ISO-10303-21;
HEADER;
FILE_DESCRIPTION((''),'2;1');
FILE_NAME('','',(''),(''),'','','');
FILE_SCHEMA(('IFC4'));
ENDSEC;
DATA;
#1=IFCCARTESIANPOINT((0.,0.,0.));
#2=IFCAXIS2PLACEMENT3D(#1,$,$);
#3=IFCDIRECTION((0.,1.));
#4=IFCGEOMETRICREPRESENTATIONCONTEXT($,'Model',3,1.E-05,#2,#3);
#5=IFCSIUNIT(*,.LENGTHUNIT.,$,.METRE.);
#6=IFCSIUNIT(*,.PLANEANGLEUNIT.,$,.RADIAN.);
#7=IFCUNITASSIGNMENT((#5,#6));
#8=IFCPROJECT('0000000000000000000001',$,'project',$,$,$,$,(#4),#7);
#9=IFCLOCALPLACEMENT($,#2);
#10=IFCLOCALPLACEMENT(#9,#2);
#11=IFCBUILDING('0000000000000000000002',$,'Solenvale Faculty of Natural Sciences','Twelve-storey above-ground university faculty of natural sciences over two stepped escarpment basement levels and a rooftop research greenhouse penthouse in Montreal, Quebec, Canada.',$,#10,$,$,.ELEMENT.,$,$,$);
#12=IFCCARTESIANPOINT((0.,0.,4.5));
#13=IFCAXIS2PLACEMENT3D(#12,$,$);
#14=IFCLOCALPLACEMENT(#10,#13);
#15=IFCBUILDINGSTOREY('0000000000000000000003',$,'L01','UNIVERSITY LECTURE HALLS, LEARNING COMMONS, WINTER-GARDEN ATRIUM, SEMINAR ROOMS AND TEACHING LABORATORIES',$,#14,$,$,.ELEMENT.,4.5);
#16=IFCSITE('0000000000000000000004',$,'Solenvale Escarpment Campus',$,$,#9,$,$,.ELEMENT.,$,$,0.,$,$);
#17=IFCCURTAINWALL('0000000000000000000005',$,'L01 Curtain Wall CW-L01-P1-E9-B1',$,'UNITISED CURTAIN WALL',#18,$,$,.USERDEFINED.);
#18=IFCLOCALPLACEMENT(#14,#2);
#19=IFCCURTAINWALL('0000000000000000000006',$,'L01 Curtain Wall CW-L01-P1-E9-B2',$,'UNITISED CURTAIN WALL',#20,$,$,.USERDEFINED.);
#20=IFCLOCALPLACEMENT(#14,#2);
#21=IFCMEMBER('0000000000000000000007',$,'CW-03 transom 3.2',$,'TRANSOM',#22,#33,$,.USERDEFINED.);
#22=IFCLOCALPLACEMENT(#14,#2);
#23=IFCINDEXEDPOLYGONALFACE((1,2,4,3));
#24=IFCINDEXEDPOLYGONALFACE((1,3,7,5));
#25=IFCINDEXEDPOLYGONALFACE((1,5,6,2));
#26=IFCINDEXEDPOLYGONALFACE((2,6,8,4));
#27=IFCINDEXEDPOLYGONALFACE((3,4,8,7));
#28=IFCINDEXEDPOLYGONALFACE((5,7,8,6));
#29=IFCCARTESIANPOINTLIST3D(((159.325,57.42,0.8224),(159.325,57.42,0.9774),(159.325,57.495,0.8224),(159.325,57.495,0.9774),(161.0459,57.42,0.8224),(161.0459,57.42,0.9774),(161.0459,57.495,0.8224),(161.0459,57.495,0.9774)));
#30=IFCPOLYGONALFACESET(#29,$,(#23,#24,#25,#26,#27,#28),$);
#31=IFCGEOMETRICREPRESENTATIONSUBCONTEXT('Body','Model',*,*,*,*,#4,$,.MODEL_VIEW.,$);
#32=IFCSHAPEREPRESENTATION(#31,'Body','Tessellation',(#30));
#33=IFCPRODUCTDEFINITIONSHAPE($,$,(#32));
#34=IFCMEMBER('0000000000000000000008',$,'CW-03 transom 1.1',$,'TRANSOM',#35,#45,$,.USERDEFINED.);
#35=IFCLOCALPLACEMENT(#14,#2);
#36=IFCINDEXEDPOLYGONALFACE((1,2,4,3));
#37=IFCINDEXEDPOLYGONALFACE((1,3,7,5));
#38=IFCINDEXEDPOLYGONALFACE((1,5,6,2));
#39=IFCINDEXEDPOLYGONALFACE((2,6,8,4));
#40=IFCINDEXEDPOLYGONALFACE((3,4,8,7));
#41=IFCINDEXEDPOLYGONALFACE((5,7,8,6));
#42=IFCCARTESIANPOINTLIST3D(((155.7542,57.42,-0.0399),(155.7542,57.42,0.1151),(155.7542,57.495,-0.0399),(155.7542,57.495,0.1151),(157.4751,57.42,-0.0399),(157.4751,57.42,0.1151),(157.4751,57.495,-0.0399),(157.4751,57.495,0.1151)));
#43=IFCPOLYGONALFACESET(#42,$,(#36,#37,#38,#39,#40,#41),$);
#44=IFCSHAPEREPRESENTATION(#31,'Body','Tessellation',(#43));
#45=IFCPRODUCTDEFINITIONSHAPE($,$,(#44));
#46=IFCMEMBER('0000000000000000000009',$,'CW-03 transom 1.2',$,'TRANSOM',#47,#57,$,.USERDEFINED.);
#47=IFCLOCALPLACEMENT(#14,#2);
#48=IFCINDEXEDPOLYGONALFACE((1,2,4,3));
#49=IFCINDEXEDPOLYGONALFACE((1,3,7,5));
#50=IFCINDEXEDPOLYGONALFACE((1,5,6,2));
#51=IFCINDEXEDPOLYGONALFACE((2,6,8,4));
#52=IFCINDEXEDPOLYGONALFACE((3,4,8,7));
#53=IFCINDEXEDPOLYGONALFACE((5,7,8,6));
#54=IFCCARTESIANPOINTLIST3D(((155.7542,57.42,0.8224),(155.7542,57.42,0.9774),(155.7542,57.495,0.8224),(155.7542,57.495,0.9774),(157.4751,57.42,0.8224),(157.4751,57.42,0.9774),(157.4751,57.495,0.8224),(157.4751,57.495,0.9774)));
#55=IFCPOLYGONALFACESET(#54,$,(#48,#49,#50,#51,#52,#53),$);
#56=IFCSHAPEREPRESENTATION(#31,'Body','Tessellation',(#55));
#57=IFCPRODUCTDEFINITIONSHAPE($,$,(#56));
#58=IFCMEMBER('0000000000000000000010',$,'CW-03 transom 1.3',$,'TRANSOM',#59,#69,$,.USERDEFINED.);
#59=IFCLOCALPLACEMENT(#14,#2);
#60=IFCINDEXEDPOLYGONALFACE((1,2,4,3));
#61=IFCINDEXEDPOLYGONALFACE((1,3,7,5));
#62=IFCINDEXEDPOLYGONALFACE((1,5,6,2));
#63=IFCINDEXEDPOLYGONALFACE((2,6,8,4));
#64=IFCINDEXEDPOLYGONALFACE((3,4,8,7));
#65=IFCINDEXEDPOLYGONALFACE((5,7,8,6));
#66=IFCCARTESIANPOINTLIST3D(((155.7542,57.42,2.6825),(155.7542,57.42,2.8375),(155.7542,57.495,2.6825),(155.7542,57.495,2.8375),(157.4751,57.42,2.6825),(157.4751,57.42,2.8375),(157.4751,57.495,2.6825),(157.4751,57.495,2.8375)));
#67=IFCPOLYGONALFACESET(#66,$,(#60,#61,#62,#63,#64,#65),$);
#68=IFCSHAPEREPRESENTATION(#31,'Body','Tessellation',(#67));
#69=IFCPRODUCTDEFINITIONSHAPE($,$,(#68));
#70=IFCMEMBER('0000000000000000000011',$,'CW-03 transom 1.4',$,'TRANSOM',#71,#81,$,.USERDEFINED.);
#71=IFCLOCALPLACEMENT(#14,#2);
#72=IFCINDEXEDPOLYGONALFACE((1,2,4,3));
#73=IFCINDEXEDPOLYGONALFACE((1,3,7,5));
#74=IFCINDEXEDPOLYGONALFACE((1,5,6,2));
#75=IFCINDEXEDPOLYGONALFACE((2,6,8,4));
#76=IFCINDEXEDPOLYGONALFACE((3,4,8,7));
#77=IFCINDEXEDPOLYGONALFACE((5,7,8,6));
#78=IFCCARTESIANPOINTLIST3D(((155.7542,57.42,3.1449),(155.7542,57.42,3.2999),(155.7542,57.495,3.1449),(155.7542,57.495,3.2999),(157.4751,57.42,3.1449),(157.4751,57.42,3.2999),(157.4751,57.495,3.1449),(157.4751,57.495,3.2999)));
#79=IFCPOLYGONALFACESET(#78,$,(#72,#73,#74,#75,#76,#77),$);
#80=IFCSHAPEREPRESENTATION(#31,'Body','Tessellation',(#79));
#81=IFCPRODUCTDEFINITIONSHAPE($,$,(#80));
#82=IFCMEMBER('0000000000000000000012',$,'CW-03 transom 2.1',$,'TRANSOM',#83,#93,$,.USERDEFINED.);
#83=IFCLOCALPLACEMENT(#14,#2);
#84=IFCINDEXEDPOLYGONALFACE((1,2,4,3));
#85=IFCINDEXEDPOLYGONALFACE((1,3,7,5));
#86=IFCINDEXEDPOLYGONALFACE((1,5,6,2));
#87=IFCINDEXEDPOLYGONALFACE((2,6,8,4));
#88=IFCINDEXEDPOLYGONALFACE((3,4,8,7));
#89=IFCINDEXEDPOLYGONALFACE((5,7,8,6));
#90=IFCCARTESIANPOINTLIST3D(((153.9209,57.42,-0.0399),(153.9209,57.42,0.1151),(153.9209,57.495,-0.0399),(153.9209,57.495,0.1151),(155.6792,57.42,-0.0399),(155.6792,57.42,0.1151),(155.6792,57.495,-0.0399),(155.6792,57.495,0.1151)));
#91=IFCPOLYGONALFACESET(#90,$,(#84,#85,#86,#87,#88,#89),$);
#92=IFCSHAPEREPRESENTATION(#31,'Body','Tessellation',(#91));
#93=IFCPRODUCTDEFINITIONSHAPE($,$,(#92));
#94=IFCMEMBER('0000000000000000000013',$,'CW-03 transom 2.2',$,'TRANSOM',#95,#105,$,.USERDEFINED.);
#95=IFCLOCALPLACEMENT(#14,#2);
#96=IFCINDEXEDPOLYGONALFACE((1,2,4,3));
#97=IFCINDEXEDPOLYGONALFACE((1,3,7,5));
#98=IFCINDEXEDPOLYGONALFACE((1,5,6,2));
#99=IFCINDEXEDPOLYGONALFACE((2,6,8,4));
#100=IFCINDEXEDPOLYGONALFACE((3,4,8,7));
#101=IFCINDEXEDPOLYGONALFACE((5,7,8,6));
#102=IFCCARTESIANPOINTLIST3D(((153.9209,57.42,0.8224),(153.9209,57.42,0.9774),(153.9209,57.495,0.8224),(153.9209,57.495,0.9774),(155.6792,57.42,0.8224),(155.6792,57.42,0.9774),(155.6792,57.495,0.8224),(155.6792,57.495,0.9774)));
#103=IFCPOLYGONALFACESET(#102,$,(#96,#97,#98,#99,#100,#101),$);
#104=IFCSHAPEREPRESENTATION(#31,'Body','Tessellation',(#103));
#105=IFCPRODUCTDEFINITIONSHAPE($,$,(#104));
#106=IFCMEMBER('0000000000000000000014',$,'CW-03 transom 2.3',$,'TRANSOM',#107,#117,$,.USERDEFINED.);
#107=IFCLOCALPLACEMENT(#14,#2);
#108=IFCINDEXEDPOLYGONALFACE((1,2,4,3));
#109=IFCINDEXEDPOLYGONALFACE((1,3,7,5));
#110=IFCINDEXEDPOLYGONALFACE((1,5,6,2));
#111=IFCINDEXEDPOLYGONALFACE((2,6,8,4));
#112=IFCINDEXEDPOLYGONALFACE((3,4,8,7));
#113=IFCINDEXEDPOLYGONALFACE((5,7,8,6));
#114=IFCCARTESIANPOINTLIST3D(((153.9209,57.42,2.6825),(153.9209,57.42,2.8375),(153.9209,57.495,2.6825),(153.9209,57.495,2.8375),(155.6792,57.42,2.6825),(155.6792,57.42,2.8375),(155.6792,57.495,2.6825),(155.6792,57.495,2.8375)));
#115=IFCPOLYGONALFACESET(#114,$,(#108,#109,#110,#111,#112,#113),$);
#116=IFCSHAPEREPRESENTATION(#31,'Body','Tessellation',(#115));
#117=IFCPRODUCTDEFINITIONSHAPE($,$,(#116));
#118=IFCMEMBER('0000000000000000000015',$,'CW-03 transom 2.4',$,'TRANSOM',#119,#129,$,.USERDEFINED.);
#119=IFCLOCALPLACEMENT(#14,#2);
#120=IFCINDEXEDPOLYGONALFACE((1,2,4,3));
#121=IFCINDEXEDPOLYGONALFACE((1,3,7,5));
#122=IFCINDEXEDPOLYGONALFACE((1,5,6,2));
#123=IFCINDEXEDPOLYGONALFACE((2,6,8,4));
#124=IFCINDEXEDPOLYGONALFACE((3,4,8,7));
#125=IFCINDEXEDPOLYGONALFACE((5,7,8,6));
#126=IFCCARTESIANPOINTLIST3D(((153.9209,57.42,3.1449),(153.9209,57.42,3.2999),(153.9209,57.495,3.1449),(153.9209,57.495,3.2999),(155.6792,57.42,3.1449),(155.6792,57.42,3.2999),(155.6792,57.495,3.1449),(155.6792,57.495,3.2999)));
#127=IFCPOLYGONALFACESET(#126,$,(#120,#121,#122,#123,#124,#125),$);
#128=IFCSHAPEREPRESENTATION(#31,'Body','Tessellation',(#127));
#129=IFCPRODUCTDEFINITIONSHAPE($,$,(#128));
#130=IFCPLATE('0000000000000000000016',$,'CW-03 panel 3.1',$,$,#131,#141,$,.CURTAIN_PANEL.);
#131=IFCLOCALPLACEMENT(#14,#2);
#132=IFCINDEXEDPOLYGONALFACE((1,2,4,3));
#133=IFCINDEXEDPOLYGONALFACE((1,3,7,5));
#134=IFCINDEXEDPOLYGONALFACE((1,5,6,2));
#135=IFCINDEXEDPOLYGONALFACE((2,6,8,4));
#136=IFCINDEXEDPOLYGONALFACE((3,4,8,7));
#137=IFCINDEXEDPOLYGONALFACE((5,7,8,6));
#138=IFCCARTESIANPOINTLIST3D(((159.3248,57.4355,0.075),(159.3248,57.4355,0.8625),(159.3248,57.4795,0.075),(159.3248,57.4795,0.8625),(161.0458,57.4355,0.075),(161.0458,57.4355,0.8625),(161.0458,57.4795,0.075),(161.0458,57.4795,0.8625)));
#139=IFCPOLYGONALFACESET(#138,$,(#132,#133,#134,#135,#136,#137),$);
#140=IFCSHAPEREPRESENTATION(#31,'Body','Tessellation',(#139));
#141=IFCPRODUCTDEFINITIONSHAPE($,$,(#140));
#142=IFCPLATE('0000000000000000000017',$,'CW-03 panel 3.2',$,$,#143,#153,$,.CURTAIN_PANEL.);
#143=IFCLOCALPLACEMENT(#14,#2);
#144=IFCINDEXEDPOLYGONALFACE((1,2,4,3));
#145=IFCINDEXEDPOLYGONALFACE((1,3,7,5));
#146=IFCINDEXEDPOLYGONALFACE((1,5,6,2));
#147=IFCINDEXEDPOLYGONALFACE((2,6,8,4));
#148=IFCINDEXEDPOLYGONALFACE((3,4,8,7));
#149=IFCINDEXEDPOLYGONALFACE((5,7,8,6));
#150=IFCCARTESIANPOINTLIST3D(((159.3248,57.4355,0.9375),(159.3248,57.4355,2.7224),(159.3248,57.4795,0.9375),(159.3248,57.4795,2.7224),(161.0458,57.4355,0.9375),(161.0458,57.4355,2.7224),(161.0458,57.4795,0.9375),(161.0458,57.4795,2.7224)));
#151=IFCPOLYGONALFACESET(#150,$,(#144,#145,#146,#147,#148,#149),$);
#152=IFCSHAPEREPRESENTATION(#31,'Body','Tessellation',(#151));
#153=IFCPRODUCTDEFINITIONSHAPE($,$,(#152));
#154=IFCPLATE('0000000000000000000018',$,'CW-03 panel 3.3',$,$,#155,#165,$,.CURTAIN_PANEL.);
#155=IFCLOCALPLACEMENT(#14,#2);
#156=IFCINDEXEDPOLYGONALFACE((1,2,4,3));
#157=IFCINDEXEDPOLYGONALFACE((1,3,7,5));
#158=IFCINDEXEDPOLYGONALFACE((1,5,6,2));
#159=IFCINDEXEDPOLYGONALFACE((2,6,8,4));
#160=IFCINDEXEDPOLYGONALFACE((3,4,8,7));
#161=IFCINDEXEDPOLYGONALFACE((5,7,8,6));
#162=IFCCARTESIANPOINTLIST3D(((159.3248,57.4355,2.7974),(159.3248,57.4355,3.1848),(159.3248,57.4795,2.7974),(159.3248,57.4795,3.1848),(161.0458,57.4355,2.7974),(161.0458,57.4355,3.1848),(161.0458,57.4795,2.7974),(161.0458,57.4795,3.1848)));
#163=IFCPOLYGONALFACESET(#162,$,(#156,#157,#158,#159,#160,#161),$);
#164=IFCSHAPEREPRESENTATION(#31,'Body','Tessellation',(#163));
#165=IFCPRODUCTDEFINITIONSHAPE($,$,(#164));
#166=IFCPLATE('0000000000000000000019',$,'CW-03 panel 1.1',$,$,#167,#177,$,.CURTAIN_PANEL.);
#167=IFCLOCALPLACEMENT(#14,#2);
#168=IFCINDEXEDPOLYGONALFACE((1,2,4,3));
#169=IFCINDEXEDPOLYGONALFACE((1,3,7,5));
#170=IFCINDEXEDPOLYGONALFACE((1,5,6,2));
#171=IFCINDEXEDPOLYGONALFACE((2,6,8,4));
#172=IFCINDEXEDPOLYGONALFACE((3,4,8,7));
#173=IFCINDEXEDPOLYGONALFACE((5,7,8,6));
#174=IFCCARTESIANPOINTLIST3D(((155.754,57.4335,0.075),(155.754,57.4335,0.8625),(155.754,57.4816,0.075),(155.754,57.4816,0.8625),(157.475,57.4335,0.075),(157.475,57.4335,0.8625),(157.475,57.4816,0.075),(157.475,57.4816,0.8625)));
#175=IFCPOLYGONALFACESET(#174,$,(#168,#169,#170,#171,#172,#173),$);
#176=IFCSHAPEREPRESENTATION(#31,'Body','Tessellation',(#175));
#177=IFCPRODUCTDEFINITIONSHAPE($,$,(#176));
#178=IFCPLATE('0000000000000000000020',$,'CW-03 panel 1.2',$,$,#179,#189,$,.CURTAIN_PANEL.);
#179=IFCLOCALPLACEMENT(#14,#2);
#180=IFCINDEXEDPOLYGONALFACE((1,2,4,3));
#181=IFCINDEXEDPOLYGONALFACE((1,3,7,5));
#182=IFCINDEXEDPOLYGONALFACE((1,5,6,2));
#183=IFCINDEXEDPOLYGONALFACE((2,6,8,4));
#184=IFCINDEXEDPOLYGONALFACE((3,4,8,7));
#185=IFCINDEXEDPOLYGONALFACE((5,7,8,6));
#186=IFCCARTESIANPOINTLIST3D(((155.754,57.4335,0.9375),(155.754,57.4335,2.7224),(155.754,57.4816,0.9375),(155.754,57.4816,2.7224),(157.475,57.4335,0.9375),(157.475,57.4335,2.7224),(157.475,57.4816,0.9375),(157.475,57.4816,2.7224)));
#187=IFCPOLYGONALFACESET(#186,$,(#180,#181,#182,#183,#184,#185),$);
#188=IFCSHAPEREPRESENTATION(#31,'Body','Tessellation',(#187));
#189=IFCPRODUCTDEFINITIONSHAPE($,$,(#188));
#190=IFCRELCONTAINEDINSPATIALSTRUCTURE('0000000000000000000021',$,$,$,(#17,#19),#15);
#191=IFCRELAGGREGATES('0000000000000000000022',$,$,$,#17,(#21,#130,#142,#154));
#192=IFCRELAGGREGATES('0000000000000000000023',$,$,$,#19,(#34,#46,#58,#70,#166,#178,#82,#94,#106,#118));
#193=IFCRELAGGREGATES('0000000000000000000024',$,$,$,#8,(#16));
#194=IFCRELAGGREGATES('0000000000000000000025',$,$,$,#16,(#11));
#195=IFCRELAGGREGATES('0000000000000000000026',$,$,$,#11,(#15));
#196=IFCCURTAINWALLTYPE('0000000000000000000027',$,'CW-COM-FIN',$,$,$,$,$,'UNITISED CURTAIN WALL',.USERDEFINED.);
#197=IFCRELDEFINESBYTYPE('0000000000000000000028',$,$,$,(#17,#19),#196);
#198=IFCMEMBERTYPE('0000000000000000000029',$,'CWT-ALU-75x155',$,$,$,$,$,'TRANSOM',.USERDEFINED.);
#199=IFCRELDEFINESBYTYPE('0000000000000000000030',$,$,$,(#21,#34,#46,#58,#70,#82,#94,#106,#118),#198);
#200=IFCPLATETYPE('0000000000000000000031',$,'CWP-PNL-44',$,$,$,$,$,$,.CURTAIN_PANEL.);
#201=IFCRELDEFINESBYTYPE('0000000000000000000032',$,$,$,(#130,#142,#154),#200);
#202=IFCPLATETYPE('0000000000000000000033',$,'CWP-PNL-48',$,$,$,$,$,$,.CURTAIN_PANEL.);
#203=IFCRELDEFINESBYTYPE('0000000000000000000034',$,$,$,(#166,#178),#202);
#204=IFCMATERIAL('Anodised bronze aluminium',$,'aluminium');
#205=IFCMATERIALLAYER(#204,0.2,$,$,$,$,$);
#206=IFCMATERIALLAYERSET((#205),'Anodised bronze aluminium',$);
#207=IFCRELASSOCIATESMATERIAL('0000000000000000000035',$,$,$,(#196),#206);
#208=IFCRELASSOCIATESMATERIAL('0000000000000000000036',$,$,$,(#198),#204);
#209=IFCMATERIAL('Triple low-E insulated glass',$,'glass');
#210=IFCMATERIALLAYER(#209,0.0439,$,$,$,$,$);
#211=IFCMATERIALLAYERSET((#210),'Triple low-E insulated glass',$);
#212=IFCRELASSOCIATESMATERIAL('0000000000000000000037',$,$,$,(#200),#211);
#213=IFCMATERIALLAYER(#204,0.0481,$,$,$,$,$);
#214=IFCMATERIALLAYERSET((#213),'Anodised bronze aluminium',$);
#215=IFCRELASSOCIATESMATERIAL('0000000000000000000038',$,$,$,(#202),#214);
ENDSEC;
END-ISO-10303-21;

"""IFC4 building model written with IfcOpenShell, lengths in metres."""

from ifc_helpers import new_model, si_unit, direction, frame, origin, origin_2d, place, context, subcontext, project, spatial, rectangle, extrude, material, layer, layer_set, material_profile, profile_set, type_object, element, aggregate, save


model = new_model("IFC4")

# Units and contexts
model_context = context("Model", 3, precision=1e-05, world=origin(), true_north=direction((0.0, 1.0)))
body_context = subcontext(model_context, "Body", "Model", "MODEL_VIEW")
ifc_project = project(units=[si_unit("LENGTHUNIT", "METRE"), si_unit("PLANEANGLEUNIT", "RADIAN")], contexts=[model_context])

# Site, building, storey
site_placement = place(None, origin())
site = spatial("IfcSite", under=ifc_project, at=site_placement, Name="Solenvale Escarpment Campus", CompositionType="ELEMENT", RefElevation=0.0)
building_placement = place(site_placement, origin())
building = spatial("IfcBuilding", under=site, at=building_placement, Name="Solenvale Faculty of Natural Sciences", Description="Twelve-storey above-ground university faculty of natural sciences over two stepped escarpment basement levels and a rooftop research greenhouse penthouse in Montreal, Quebec, Canada.", CompositionType="ELEMENT")
storey_placement = place(building_placement, frame((0.0, 0.0, 4.5)))
storey = spatial("IfcBuildingStorey", under=building, at=storey_placement, Name="L01", Description="UNIVERSITY LECTURE HALLS, LEARNING COMMONS, WINTER-GARDEN ATRIUM, SEMINAR ROOMS AND TEACHING LABORATORIES", CompositionType="ELEMENT", Elevation=4.5)

# Curtain wall
ifc_material_1 = material(Name="Anodised bronze aluminium", Category="aluminium")
ifc_layer_1 = layer(ifc_material_1, 0.2)
ifc_layer_set_1 = layer_set([ifc_layer_1], Name="Anodised bronze aluminium")
curtain_wall_type = type_object("IfcCurtainWallType", Name="CW-COM-FIN", ElementType="UNITISED CURTAIN WALL", PredefinedType="USERDEFINED", material=ifc_layer_set_1)
curtain_wall_1_placement = place(storey_placement, origin())
curtain_wall_1 = element("IfcCurtainWall", 1, at=curtain_wall_1_placement, inside=storey, type_object=curtain_wall_type, Name="L01 Curtain Wall CW-L01-P1-E9-B1", ObjectType="UNITISED CURTAIN WALL", PredefinedType="USERDEFINED")

# Curtain wall
curtain_wall_2_placement = place(storey_placement, origin())
curtain_wall_2 = element("IfcCurtainWall", 2, at=curtain_wall_2_placement, inside=storey, type_object=curtain_wall_type, Name="L01 Curtain Wall CW-L01-P1-E9-B2", ObjectType="UNITISED CURTAIN WALL", PredefinedType="USERDEFINED")

# Members
ifc_material_profile_1 = material_profile(ifc_material_1, rectangle(XDim=0.075, YDim=0.155, at=origin_2d()), Name="ALU-TRN-75x155")
ifc_profile_set_1 = profile_set([ifc_material_profile_1], Name="Anodised bronze aluminium")
member_type_1 = type_object("IfcMemberType", Name="CWT-ALU-75x155", ElementType="TRANSOM", PredefinedType="USERDEFINED", material=ifc_profile_set_1)
member_1_placement = place(storey_placement, frame((161.0459, 57.4575, 0.8999), z_axis=(-1.0, 0.0, 0.0), x_axis=(0.0, -1.0, 0.0)))
member_1 = element("IfcMember", 3, at=member_1_placement, type_object=member_type_1, Name="CW-03 transom 3.2", ObjectType="TRANSOM", PredefinedType="USERDEFINED", context=body_context, shape_type="SweptSolid", body=[
    extrude(rectangle(XDim=0.075, YDim=0.155, at=origin_2d()), origin(), (0.0, 0.0, 1.0), 1.7209),
])
member_2_placement = place(storey_placement, frame((157.4751, 57.4575, 0.0376), z_axis=(-1.0, 0.0, 0.0), x_axis=(0.0, -1.0, 0.0)))
member_2 = element("IfcMember", 4, at=member_2_placement, type_object=member_type_1, Name="CW-03 transom 1.1", ObjectType="TRANSOM", PredefinedType="USERDEFINED", context=body_context, shape_type="SweptSolid", body=[
    extrude(rectangle(XDim=0.075, YDim=0.155, at=origin_2d()), origin(), (0.0, 0.0, 1.0), 1.7209),
])
member_3_placement = place(storey_placement, frame((157.4751, 57.4575, 0.8999), z_axis=(-1.0, 0.0, 0.0), x_axis=(0.0, -1.0, 0.0)))
member_3 = element("IfcMember", 5, at=member_3_placement, type_object=member_type_1, Name="CW-03 transom 1.2", ObjectType="TRANSOM", PredefinedType="USERDEFINED", context=body_context, shape_type="SweptSolid", body=[
    extrude(rectangle(XDim=0.075, YDim=0.155, at=origin_2d()), origin(), (0.0, 0.0, 1.0), 1.7209),
])
member_4_placement = place(storey_placement, frame((157.4751, 57.4575, 2.76), z_axis=(-1.0, 0.0, 0.0), x_axis=(0.0, -1.0, 0.0)))
member_4 = element("IfcMember", 6, at=member_4_placement, type_object=member_type_1, Name="CW-03 transom 1.3", ObjectType="TRANSOM", PredefinedType="USERDEFINED", context=body_context, shape_type="SweptSolid", body=[
    extrude(rectangle(XDim=0.075, YDim=0.155, at=origin_2d()), origin(), (0.0, 0.0, 1.0), 1.7209),
])
member_5_placement = place(storey_placement, frame((157.4751, 57.4575, 3.2224), z_axis=(-1.0, 0.0, 0.0), x_axis=(0.0, -1.0, 0.0)))
member_5 = element("IfcMember", 7, at=member_5_placement, type_object=member_type_1, Name="CW-03 transom 1.4", ObjectType="TRANSOM", PredefinedType="USERDEFINED", context=body_context, shape_type="SweptSolid", body=[
    extrude(rectangle(XDim=0.075, YDim=0.155, at=origin_2d()), origin(), (0.0, 0.0, 1.0), 1.7209),
])
member_6_placement = place(storey_placement, frame((155.6792, 57.4575, 0.0376), z_axis=(-1.0, 0.0, 0.0), x_axis=(0.0, -1.0, 0.0)))
member_6 = element("IfcMember", 8, at=member_6_placement, type_object=member_type_1, Name="CW-03 transom 2.1", ObjectType="TRANSOM", PredefinedType="USERDEFINED", context=body_context, shape_type="SweptSolid", body=[
    extrude(rectangle(XDim=0.075, YDim=0.155, at=origin_2d()), origin(), (0.0, 0.0, 1.0), 1.7583),
])
member_7_placement = place(storey_placement, frame((155.6792, 57.4575, 0.8999), z_axis=(-1.0, 0.0, 0.0), x_axis=(0.0, -1.0, 0.0)))
member_7 = element("IfcMember", 9, at=member_7_placement, type_object=member_type_1, Name="CW-03 transom 2.2", ObjectType="TRANSOM", PredefinedType="USERDEFINED", context=body_context, shape_type="SweptSolid", body=[
    extrude(rectangle(XDim=0.075, YDim=0.155, at=origin_2d()), origin(), (0.0, 0.0, 1.0), 1.7583),
])
member_8_placement = place(storey_placement, frame((155.6792, 57.4575, 2.76), z_axis=(-1.0, 0.0, 0.0), x_axis=(0.0, -1.0, 0.0)))
member_8 = element("IfcMember", 10, at=member_8_placement, type_object=member_type_1, Name="CW-03 transom 2.3", ObjectType="TRANSOM", PredefinedType="USERDEFINED", context=body_context, shape_type="SweptSolid", body=[
    extrude(rectangle(XDim=0.075, YDim=0.155, at=origin_2d()), origin(), (0.0, 0.0, 1.0), 1.7583),
])
member_9_placement = place(storey_placement, frame((155.6792, 57.4575, 3.2224), z_axis=(-1.0, 0.0, 0.0), x_axis=(0.0, -1.0, 0.0)))
member_9 = element("IfcMember", 11, at=member_9_placement, type_object=member_type_1, Name="CW-03 transom 2.4", ObjectType="TRANSOM", PredefinedType="USERDEFINED", context=body_context, shape_type="SweptSolid", body=[
    extrude(rectangle(XDim=0.075, YDim=0.155, at=origin_2d()), origin(), (0.0, 0.0, 1.0), 1.7583),
])

# Plates
ifc_material_2 = material(Name="Triple low-E insulated glass", Category="glass")
ifc_layer_2 = layer(ifc_material_2, 0.0439)
ifc_layer_set_2 = layer_set([ifc_layer_2], Name="Triple low-E insulated glass")
plate_type_1 = type_object("IfcPlateType", Name="CWP-PNL-44", PredefinedType="CURTAIN_PANEL", material=ifc_layer_set_2)
plate_1_placement = place(storey_placement, frame((160.1853, 57.4575, 0.075), z_axis=(0.0, 0.0, 1.0), x_axis=(-1.0, 0.0, 0.0)))
plate_1 = element("IfcPlate", 12, at=plate_1_placement, type_object=plate_type_1, Name="CW-03 panel 3.1", PredefinedType="CURTAIN_PANEL", context=body_context, shape_type="SweptSolid", body=[
    extrude(rectangle(XDim=1.7209, YDim=0.0439, at=origin_2d()), origin(), (0.0, 0.0, 1.0), 0.7876),
])
plate_2_placement = place(storey_placement, frame((160.1853, 57.4575, 0.9375), z_axis=(0.0, 0.0, 1.0), x_axis=(-1.0, 0.0, 0.0)))
plate_2 = element("IfcPlate", 13, at=plate_2_placement, type_object=plate_type_1, Name="CW-03 panel 3.2", PredefinedType="CURTAIN_PANEL", context=body_context, shape_type="SweptSolid", body=[
    extrude(rectangle(XDim=1.7209, YDim=0.0439, at=origin_2d()), origin(), (0.0, 0.0, 1.0), 1.7849),
])
plate_3_placement = place(storey_placement, frame((160.1853, 57.4575, 2.7974), z_axis=(0.0, 0.0, 1.0), x_axis=(-1.0, 0.0, 0.0)))
plate_3 = element("IfcPlate", 14, at=plate_3_placement, type_object=plate_type_1, Name="CW-03 panel 3.3", PredefinedType="CURTAIN_PANEL", context=body_context, shape_type="SweptSolid", body=[
    extrude(rectangle(XDim=1.7209, YDim=0.0439, at=origin_2d()), origin(), (0.0, 0.0, 1.0), 0.3875),
])
aggregate(curtain_wall_1, [member_1, plate_1, plate_2, plate_3])
ifc_layer_3 = layer(ifc_material_1, 0.0481)
ifc_layer_set_3 = layer_set([ifc_layer_3], Name="Anodised bronze aluminium")
plate_type_2 = type_object("IfcPlateType", Name="CWP-PNL-48", PredefinedType="CURTAIN_PANEL", material=ifc_layer_set_3)
plate_4_placement = place(storey_placement, frame((156.6145, 57.4575, 0.075), z_axis=(0.0, 0.0, 1.0), x_axis=(-1.0, 0.0, 0.0)))
plate_4 = element("IfcPlate", 15, at=plate_4_placement, type_object=plate_type_2, Name="CW-03 panel 1.1", PredefinedType="CURTAIN_PANEL", context=body_context, shape_type="SweptSolid", body=[
    extrude(rectangle(XDim=1.7209, YDim=0.0481, at=origin_2d()), origin(), (0.0, 0.0, 1.0), 0.7876),
])
plate_5_placement = place(storey_placement, frame((156.6145, 57.4575, 0.9375), z_axis=(0.0, 0.0, 1.0), x_axis=(-1.0, 0.0, 0.0)))
plate_5 = element("IfcPlate", 16, at=plate_5_placement, type_object=plate_type_2, Name="CW-03 panel 1.2", PredefinedType="CURTAIN_PANEL", context=body_context, shape_type="SweptSolid", body=[
    extrude(rectangle(XDim=1.7209, YDim=0.0481, at=origin_2d()), origin(), (0.0, 0.0, 1.0), 1.7849),
])
aggregate(curtain_wall_2, [member_2, member_3, member_4, member_5, plate_4, plate_5, member_6, member_7, member_8, member_9])

save(model, "model.ifc")
